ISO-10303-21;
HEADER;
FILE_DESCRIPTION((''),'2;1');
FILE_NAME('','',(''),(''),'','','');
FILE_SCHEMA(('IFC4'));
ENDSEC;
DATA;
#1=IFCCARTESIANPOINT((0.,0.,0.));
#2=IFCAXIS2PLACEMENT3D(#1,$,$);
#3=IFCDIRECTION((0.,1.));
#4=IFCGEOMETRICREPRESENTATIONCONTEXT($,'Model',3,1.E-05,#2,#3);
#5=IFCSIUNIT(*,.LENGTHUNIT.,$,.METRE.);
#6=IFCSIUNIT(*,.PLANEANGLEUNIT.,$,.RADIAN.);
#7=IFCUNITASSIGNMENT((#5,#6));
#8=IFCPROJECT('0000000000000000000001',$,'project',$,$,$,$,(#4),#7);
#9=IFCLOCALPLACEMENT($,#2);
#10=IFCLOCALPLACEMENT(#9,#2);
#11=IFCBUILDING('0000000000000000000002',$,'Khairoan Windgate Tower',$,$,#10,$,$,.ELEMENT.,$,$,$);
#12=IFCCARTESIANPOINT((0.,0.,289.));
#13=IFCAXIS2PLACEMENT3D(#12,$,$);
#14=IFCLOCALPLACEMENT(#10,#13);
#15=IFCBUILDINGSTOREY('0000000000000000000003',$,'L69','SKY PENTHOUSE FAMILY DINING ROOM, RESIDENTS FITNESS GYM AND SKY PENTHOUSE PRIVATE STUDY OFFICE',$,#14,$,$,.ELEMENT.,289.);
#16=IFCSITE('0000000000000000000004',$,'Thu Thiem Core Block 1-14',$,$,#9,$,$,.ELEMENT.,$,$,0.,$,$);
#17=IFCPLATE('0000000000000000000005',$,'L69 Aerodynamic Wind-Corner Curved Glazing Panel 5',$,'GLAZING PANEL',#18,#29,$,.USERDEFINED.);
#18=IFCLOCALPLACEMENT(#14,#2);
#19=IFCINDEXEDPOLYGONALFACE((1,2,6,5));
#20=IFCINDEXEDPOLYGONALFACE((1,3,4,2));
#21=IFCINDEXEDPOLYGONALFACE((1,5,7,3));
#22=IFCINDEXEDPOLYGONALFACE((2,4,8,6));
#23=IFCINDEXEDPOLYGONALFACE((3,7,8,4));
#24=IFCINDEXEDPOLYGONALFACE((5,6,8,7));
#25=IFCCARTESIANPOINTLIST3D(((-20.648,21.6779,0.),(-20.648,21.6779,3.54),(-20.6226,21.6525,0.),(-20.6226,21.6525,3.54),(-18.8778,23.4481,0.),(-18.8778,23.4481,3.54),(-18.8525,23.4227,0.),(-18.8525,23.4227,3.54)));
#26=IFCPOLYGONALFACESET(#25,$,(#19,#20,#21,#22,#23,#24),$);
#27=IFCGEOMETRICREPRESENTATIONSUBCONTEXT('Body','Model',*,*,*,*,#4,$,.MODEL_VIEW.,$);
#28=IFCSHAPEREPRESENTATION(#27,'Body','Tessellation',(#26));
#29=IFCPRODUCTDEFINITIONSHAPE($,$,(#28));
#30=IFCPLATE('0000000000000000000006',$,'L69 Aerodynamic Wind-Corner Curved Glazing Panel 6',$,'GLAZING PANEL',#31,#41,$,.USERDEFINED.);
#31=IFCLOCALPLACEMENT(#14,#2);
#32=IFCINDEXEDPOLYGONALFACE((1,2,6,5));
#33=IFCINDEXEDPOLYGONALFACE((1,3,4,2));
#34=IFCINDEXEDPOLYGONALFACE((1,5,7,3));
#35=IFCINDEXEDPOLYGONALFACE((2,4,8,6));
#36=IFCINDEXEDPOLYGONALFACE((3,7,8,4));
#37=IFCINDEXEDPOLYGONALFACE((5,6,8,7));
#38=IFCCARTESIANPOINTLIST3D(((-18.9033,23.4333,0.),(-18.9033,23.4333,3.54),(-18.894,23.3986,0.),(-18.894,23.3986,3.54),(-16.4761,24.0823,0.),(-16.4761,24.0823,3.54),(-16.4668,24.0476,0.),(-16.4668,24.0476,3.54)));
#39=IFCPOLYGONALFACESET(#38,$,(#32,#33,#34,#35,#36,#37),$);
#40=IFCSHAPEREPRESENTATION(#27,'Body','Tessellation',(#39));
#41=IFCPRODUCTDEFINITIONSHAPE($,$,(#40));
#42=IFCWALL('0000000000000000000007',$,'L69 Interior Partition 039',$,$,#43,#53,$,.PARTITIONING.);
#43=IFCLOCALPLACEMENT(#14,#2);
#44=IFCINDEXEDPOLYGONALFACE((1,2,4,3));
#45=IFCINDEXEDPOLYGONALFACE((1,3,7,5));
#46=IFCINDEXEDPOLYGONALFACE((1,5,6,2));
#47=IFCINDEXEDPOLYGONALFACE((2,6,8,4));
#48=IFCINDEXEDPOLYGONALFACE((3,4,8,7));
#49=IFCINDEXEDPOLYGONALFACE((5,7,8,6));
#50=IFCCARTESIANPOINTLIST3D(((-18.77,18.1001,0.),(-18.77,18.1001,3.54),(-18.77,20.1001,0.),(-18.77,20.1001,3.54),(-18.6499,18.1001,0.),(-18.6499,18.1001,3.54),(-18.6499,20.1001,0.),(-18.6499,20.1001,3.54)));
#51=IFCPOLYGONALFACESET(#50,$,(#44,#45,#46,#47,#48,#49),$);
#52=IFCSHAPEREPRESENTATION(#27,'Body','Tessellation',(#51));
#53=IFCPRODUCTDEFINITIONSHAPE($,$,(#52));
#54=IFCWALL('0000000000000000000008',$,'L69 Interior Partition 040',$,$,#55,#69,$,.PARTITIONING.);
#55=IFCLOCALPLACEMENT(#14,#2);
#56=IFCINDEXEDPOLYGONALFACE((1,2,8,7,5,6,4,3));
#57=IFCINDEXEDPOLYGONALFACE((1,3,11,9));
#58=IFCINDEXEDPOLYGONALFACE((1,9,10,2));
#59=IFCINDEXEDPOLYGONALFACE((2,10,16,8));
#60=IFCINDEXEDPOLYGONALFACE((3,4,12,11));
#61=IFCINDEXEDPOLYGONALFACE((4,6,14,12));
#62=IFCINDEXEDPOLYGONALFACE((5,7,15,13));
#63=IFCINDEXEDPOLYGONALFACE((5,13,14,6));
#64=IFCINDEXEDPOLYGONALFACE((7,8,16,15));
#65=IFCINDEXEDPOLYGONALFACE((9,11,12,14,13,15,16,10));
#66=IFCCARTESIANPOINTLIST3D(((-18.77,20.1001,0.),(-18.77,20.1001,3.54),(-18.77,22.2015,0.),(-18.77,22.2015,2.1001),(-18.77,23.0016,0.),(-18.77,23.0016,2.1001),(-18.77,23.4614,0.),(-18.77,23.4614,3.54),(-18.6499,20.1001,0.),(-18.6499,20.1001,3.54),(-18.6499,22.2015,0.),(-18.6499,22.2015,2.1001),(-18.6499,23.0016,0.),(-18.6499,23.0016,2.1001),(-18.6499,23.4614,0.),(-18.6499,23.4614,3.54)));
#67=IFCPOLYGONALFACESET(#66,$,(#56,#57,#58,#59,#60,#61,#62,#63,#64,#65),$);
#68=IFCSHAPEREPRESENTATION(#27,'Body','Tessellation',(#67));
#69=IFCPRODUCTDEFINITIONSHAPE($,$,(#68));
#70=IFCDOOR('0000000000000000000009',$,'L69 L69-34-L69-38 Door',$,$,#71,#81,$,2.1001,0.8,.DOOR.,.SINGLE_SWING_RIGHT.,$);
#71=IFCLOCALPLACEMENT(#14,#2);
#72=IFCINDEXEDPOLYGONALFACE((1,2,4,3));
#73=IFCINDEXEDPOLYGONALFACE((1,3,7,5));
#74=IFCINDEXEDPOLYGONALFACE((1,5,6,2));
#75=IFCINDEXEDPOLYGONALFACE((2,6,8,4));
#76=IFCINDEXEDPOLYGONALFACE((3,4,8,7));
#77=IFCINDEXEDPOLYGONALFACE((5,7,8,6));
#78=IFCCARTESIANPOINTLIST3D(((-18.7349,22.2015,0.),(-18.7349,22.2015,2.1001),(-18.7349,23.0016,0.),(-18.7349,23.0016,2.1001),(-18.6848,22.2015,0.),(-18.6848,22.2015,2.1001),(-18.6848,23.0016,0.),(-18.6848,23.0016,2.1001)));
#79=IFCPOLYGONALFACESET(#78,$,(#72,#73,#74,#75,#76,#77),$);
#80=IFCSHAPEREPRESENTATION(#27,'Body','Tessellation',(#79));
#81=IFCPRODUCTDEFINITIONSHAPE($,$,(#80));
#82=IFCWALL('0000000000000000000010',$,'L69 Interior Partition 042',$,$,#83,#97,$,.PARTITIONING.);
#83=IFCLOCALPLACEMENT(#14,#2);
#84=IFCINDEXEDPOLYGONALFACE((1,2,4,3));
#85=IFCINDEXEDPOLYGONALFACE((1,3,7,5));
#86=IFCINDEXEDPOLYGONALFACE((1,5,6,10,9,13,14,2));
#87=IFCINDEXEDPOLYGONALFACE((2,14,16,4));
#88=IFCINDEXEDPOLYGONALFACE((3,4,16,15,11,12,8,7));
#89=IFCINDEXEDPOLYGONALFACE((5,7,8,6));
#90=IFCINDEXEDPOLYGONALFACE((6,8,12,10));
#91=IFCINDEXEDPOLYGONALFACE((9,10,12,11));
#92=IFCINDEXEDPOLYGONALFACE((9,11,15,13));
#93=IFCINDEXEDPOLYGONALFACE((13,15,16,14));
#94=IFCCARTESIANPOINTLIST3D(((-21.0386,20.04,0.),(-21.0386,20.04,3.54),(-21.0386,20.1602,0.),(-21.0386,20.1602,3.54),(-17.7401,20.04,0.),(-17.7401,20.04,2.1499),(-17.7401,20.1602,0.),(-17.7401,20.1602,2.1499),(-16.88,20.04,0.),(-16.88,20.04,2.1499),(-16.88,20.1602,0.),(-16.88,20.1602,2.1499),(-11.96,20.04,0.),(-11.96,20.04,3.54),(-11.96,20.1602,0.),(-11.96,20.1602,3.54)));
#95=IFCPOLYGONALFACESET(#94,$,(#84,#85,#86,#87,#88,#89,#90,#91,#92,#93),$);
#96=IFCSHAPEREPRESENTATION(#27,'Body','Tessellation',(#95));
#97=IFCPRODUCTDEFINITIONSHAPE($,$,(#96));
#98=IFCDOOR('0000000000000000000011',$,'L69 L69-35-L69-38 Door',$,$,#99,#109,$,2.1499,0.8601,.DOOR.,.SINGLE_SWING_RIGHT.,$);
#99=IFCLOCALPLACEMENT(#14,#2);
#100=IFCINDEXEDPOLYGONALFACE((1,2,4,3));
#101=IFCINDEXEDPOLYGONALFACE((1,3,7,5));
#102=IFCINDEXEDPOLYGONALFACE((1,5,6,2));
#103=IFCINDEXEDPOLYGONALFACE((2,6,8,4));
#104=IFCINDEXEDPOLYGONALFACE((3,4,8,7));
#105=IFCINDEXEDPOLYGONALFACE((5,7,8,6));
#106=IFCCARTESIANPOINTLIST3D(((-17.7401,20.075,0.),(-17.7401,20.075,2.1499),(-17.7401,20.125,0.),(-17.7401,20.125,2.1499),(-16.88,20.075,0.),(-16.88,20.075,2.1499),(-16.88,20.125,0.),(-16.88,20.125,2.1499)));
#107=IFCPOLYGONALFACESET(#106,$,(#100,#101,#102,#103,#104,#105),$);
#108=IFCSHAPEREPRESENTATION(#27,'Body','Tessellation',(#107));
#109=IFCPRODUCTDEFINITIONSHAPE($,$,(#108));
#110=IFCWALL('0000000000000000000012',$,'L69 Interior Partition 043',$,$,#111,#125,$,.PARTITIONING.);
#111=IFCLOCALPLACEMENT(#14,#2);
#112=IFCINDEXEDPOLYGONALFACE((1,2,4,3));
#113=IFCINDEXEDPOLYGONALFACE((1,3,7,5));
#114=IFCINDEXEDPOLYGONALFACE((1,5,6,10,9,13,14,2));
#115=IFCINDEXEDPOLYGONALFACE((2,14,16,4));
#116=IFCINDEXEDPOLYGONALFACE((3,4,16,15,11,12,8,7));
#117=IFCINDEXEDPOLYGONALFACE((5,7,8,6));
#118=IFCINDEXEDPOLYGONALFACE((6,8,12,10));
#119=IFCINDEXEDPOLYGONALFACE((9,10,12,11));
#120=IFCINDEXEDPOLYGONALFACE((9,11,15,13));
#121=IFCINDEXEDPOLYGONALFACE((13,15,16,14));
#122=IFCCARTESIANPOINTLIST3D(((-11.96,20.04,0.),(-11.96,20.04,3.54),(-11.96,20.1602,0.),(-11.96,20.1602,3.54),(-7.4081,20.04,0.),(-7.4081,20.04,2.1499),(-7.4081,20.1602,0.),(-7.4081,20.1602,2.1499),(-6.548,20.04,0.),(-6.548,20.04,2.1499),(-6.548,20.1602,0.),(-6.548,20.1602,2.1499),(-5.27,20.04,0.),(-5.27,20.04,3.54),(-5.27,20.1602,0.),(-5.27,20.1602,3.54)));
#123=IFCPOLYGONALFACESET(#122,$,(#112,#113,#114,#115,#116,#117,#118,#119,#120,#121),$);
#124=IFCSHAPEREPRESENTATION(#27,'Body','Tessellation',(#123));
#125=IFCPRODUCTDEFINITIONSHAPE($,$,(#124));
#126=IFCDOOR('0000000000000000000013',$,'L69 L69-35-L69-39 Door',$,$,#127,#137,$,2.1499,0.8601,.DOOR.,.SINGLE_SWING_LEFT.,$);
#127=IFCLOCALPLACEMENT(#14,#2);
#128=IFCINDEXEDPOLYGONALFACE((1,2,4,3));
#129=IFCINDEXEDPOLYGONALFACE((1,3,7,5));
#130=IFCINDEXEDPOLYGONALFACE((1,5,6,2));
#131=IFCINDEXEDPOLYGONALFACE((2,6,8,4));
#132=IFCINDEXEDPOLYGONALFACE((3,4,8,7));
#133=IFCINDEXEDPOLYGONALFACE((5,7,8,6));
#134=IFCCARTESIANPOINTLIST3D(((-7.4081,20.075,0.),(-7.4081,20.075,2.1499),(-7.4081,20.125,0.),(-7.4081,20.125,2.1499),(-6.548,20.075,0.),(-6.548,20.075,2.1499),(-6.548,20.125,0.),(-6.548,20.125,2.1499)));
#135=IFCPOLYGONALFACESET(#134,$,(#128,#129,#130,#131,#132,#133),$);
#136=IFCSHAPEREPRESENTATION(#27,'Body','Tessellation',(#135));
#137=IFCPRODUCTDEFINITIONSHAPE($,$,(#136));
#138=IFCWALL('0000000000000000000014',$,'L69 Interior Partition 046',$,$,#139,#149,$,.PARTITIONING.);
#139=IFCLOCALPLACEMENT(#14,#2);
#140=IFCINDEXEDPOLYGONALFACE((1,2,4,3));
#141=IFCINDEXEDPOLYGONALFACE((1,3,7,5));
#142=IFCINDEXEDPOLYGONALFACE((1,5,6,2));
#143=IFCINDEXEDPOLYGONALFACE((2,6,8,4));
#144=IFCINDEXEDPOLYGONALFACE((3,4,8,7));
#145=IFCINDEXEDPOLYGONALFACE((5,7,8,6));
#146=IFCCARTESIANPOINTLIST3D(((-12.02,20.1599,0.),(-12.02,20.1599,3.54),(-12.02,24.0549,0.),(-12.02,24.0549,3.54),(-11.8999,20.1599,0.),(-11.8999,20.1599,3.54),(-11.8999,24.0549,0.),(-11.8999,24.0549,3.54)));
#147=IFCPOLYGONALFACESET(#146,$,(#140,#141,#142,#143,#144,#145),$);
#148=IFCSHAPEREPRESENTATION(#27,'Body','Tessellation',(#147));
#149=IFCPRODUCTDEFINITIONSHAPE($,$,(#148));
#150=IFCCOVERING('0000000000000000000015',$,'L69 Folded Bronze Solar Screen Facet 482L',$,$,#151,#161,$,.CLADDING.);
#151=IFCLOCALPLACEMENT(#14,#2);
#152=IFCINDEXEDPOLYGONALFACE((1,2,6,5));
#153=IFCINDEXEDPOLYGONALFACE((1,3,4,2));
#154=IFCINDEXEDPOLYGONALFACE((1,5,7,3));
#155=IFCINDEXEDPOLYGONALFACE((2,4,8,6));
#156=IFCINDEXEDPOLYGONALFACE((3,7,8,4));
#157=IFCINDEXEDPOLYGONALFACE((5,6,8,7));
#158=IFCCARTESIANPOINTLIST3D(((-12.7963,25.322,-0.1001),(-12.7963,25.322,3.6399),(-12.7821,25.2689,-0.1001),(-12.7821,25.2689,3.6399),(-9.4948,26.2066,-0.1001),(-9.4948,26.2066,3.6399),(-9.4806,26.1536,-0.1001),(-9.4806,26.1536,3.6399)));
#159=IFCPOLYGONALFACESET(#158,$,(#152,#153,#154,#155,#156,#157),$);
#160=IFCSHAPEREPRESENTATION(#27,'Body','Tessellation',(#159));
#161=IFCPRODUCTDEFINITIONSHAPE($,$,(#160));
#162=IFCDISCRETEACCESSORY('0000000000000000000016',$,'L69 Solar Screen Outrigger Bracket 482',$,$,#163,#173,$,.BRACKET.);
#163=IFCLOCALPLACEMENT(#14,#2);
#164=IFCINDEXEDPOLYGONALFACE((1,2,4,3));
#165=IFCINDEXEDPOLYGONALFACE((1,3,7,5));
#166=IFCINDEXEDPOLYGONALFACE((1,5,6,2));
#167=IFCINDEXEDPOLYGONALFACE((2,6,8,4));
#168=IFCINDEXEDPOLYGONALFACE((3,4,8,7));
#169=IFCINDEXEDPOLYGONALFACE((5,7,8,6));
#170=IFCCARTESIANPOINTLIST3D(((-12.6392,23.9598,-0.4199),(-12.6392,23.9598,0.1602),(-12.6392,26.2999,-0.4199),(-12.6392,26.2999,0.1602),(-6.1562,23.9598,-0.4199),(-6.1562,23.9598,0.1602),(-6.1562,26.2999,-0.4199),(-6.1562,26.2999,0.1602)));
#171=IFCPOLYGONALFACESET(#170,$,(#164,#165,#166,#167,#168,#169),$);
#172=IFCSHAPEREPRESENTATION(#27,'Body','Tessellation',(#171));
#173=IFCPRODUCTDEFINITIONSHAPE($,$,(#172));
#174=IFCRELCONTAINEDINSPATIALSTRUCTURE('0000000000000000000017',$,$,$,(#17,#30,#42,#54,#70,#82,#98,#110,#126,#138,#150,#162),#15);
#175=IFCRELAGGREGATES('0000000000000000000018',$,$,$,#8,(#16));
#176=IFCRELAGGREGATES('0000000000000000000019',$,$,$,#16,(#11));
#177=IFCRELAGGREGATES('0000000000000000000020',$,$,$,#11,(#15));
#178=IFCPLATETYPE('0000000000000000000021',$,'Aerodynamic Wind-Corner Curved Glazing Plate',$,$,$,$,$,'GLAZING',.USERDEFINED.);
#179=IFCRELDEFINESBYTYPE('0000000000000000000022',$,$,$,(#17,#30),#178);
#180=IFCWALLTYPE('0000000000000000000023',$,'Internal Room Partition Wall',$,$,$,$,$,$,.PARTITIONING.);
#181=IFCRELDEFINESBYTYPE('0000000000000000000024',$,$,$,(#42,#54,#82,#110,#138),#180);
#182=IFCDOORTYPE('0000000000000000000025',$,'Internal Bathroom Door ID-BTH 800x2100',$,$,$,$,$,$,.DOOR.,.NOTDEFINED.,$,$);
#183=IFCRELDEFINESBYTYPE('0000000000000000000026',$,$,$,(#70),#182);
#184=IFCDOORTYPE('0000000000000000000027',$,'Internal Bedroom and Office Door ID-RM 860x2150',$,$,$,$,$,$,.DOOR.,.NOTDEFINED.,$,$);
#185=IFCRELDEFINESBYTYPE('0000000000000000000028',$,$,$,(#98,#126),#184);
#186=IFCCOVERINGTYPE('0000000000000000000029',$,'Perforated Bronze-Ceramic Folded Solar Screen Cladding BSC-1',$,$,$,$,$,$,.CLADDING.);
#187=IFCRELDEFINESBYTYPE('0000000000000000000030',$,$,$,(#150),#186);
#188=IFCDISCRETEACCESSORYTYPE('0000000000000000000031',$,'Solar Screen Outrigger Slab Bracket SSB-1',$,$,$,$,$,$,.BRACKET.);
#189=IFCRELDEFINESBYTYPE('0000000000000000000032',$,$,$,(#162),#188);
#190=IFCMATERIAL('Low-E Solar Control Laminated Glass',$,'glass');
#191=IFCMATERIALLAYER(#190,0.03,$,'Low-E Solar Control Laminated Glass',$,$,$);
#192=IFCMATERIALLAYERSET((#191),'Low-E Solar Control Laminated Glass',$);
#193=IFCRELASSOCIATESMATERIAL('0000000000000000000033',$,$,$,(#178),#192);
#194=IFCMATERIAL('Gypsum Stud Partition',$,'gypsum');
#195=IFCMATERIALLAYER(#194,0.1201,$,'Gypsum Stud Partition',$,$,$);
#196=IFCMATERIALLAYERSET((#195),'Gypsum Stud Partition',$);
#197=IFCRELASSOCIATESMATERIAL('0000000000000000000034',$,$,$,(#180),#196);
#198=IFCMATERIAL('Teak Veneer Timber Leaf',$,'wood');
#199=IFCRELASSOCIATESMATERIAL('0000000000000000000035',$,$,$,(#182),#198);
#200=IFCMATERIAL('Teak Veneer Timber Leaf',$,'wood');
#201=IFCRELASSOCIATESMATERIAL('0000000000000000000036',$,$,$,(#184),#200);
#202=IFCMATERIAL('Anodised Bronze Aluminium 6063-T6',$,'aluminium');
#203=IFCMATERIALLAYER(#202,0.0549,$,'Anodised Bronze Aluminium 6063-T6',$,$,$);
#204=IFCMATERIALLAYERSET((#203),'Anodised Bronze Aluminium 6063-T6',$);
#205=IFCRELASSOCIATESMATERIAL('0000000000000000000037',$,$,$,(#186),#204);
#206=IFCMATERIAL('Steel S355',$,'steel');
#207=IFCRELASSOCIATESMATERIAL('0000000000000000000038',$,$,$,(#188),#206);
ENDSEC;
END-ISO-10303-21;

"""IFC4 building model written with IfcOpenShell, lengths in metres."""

from ifc_helpers import new_model, si_unit, direction, frame, frame_2d, origin, origin_2d, place, context, subcontext, project, spatial, rectangle, extrude, material, layer, layer_set, type_object, element, fill, save


model = new_model("IFC4")

# Units and contexts
model_context = context("Model", 3, precision=1e-05, world=origin(), true_north=direction((0.0, 1.0)))
body_context = subcontext(model_context, "Body", "Model", "MODEL_VIEW")
ifc_project = project(units=[si_unit("LENGTHUNIT", "METRE"), si_unit("PLANEANGLEUNIT", "RADIAN")], contexts=[model_context])

# Site, building, storey
site_placement = place(None, origin())
site = spatial("IfcSite", under=ifc_project, at=site_placement, Name="Thu Thiem Core Block 1-14", CompositionType="ELEMENT", RefElevation=0.0)
building_placement = place(site_placement, origin())
building = spatial("IfcBuilding", under=site, at=building_placement, Name="Khairoan Windgate Tower", CompositionType="ELEMENT")
storey_placement = place(building_placement, frame((0.0, 0.0, 289.0)))
storey = spatial("IfcBuildingStorey", under=building, at=storey_placement, Name="L69", Description="SKY PENTHOUSE FAMILY DINING ROOM, RESIDENTS FITNESS GYM AND SKY PENTHOUSE PRIVATE STUDY OFFICE", CompositionType="ELEMENT", Elevation=289.0)

# Plates
ifc_material_1 = material(Name="Low-E Solar Control Laminated Glass", Category="glass")
ifc_layer_1 = layer(ifc_material_1, 0.03, Name="Low-E Solar Control Laminated Glass")
ifc_layer_set_1 = layer_set([ifc_layer_1], Name="Low-E Solar Control Laminated Glass")
plate_type_1 = type_object("IfcPlateType", Name="Aerodynamic Wind-Corner Curved Glazing Plate", ElementType="GLAZING", PredefinedType="USERDEFINED", material=ifc_layer_set_1)
plate_1_placement = place(storey_placement, frame((-19.7502, 22.5503, 0.0), z_axis=(0.0, 0.0, 1.0), x_axis=(0.707107, 0.707107, 0.0)))
element("IfcPlate", 1, at=plate_1_placement, inside=storey, type_object=plate_type_1, Name="L69 Aerodynamic Wind-Corner Curved Glazing Panel 5", ObjectType="GLAZING PANEL", PredefinedType="USERDEFINED", context=body_context, shape_type="SweptSolid", body=[
    extrude(rectangle(XDim=2.5034, YDim=0.0359, at=origin_2d()), origin(), (0.0, 0.0, 1.0), 3.54),
])
plate_2_placement = place(storey_placement, frame((-17.6851, 23.7405, 0.0), z_axis=(0.0, 0.0, 1.0), x_axis=(0.966061, 0.258313, 0.0)))
element("IfcPlate", 2, at=plate_2_placement, inside=storey, type_object=plate_type_1, Name="L69 Aerodynamic Wind-Corner Curved Glazing Panel 6", ObjectType="GLAZING PANEL", PredefinedType="USERDEFINED", context=body_context, shape_type="SweptSolid", body=[
    extrude(rectangle(XDim=2.5125, YDim=0.0359, at=origin_2d()), origin(), (0.0, 0.0, 1.0), 3.54),
])

# Wall
ifc_material_2 = material(Name="Gypsum Stud Partition", Category="gypsum")
ifc_layer_2 = layer(ifc_material_2, 0.1201, Name="Gypsum Stud Partition")
ifc_layer_set_2 = layer_set([ifc_layer_2], Name="Gypsum Stud Partition")
wall_type = type_object("IfcWallType", Name="Internal Room Partition Wall", PredefinedType="PARTITIONING", material=ifc_layer_set_2)
wall_1_placement = place(storey_placement, frame((-18.71, 18.1001, 0.0), z_axis=(0.0, 0.0, 1.0), x_axis=(0.0, 1.0, 0.0)))
element("IfcWall", 3, at=wall_1_placement, inside=storey, type_object=wall_type, Name="L69 Interior Partition 039", PredefinedType="PARTITIONING", context=body_context, shape_type="SweptSolid", body=[
    extrude(rectangle(XDim=2.0, YDim=0.1201, at=frame_2d((1.0, 0.0))), origin(), (0.0, 0.0, 1.0), 3.54),
])

# Walls, openings, doors
wall_2_placement = place(storey_placement, frame((-18.71, 20.1001, 0.0), z_axis=(0.0, 0.0, 1.0), x_axis=(0.0, 1.0, 0.0)))
wall_2 = element("IfcWall", 4, at=wall_2_placement, inside=storey, type_object=wall_type, Name="L69 Interior Partition 040", PredefinedType="PARTITIONING", context=body_context, shape_type="SweptSolid", body=[
    extrude(rectangle(XDim=3.3613, YDim=0.1201, at=frame_2d((1.6807, 0.0))), origin(), (0.0, 0.0, 1.0), 3.54),
])
opening_1_placement = place(wall_2_placement, frame((2.1016, 0.0, 0.0)))
opening_1 = element("IfcOpeningElement", 5, at=opening_1_placement, cuts=wall_2, PredefinedType="OPENING", context=body_context, shape_type="SweptSolid", body=[
    extrude(rectangle(XDim=0.8, YDim=2.1001, at=frame_2d((0.3999, 1.05))), frame((0.0, 0.0701, 0.0), z_axis=(0.0, -1.0, 0.0), x_axis=(1.0, 0.0, 0.0)), (0.0, 0.0, 1.0), 0.1401),
])
ifc_material_3 = material(Name="Teak Veneer Timber Leaf", Category="wood")
door_type_1 = type_object("IfcDoorType", Name="Internal Bathroom Door ID-BTH 800x2100", OperationType="NOTDEFINED", PredefinedType="DOOR", material=ifc_material_3)
door_1_placement = place(opening_1_placement, origin())
door_1 = element("IfcDoor", 6, at=door_1_placement, inside=storey, type_object=door_type_1, Name="L69 L69-34-L69-38 Door", OperationType="SINGLE_SWING_RIGHT", OverallHeight=2.1001, OverallWidth=0.8, PredefinedType="DOOR", context=body_context, shape_type="SweptSolid", body=[
    extrude(rectangle(XDim=0.8, YDim=2.1001, at=frame_2d((0.3999, 1.05))), frame((0.0, 0.0249, 0.0), z_axis=(0.0, -1.0, 0.0), x_axis=(1.0, 0.0, 0.0)), (0.0, 0.0, 1.0), 0.05),
])
fill(opening_1, door_1)
wall_3_placement = place(storey_placement, frame((-21.0386, 20.1001, 0.0), z_axis=(0.0, 0.0, 1.0), x_axis=(1.0, 0.0, 0.0)))
wall_3 = element("IfcWall", 7, at=wall_3_placement, inside=storey, type_object=wall_type, Name="L69 Interior Partition 042", PredefinedType="PARTITIONING", context=body_context, shape_type="SweptSolid", body=[
    extrude(rectangle(XDim=9.0786, YDim=0.1201, at=frame_2d((4.5393, 0.0))), origin(), (0.0, 0.0, 1.0), 3.54),
])
opening_2_placement = place(wall_3_placement, frame((3.2983, 0.0, 0.0)))
opening_2 = element("IfcOpeningElement", 8, at=opening_2_placement, cuts=wall_3, PredefinedType="OPENING", context=body_context, shape_type="SweptSolid", body=[
    extrude(rectangle(XDim=0.8601, YDim=2.1499, at=frame_2d((0.4302, 1.075))), frame((0.0, 0.0701, 0.0), z_axis=(0.0, -1.0, 0.0), x_axis=(1.0, 0.0, 0.0)), (0.0, 0.0, 1.0), 0.1401),
])
ifc_material_4 = material(Name="Teak Veneer Timber Leaf", Category="wood")
door_type_2 = type_object("IfcDoorType", Name="Internal Bedroom and Office Door ID-RM 860x2150", OperationType="NOTDEFINED", PredefinedType="DOOR", material=ifc_material_4)
door_2_placement = place(opening_2_placement, origin())
door_2 = element("IfcDoor", 9, at=door_2_placement, inside=storey, type_object=door_type_2, Name="L69 L69-35-L69-38 Door", OperationType="SINGLE_SWING_RIGHT", OverallHeight=2.1499, OverallWidth=0.8601, PredefinedType="DOOR", context=body_context, shape_type="SweptSolid", body=[
    extrude(rectangle(XDim=0.8601, YDim=2.1499, at=frame_2d((0.4302, 1.075))), frame((0.0, 0.0249, 0.0), z_axis=(0.0, -1.0, 0.0), x_axis=(1.0, 0.0, 0.0)), (0.0, 0.0, 1.0), 0.05),
])
fill(opening_2, door_2)
wall_4_placement = place(storey_placement, frame((-11.96, 20.1001, 0.0), z_axis=(0.0, 0.0, 1.0), x_axis=(1.0, 0.0, 0.0)))
wall_4 = element("IfcWall", 10, at=wall_4_placement, inside=storey, type_object=wall_type, Name="L69 Interior Partition 043", PredefinedType="PARTITIONING", context=body_context, shape_type="SweptSolid", body=[
    extrude(rectangle(XDim=6.6899, YDim=0.1201, at=frame_2d((3.345, 0.0))), origin(), (0.0, 0.0, 1.0), 3.54),
])
opening_3_placement = place(wall_4_placement, frame((4.5518, 0.0, 0.0)))
opening_3 = element("IfcOpeningElement", 11, at=opening_3_placement, cuts=wall_4, PredefinedType="OPENING", context=body_context, shape_type="SweptSolid", body=[
    extrude(rectangle(XDim=0.8601, YDim=2.1499, at=frame_2d((0.4302, 1.075))), frame((0.0, 0.0701, 0.0), z_axis=(0.0, -1.0, 0.0), x_axis=(1.0, 0.0, 0.0)), (0.0, 0.0, 1.0), 0.1401),
])
door_3_placement = place(opening_3_placement, origin())
door_3 = element("IfcDoor", 12, at=door_3_placement, inside=storey, type_object=door_type_2, Name="L69 L69-35-L69-39 Door", OperationType="SINGLE_SWING_LEFT", OverallHeight=2.1499, OverallWidth=0.8601, PredefinedType="DOOR", context=body_context, shape_type="SweptSolid", body=[
    extrude(rectangle(XDim=0.8601, YDim=2.1499, at=frame_2d((0.4302, 1.075))), frame((0.0, 0.0249, 0.0), z_axis=(0.0, -1.0, 0.0), x_axis=(1.0, 0.0, 0.0)), (0.0, 0.0, 1.0), 0.05),
])
fill(opening_3, door_3)

# Wall
wall_5_placement = place(storey_placement, frame((-11.96, 20.1599, 0.0), z_axis=(0.0, 0.0, 1.0), x_axis=(0.0, 1.0, 0.0)))
element("IfcWall", 13, at=wall_5_placement, inside=storey, type_object=wall_type, Name="L69 Interior Partition 046", PredefinedType="PARTITIONING", context=body_context, shape_type="SweptSolid", body=[
    extrude(rectangle(XDim=3.895, YDim=0.1201, at=frame_2d((1.9475, 0.0))), origin(), (0.0, 0.0, 1.0), 3.54),
])

# Covering
ifc_material_5 = material(Name="Anodised Bronze Aluminium 6063-T6", Category="aluminium")
ifc_layer_3 = layer(ifc_material_5, 0.0549, Name="Anodised Bronze Aluminium 6063-T6")
ifc_layer_set_3 = layer_set([ifc_layer_3], Name="Anodised Bronze Aluminium 6063-T6")
covering_type = type_object("IfcCoveringType", Name="Perforated Bronze-Ceramic Folded Solar Screen Cladding BSC-1", PredefinedType="CLADDING", material=ifc_layer_set_3)
covering_placement = place(storey_placement, frame((-11.1384, 25.7378, -0.1001), z_axis=(0.0, 0.0, 1.0), x_axis=(0.965926, 0.258819, 0.0)))
element("IfcCovering", 14, at=covering_placement, inside=storey, type_object=covering_type, Name="L69 Folded Bronze Solar Screen Facet 482L", PredefinedType="CLADDING", context=body_context, shape_type="SweptSolid", body=[
    extrude(rectangle(XDim=3.418, YDim=0.0549, at=origin_2d()), origin(), (0.0, 0.0, 1.0), 3.74),
])

# Discrete accessory
ifc_material_6 = material(Name="Steel S355", Category="steel")
discrete_accessory_type = type_object("IfcDiscreteAccessoryType", Name="Solar Screen Outrigger Slab Bracket SSB-1", PredefinedType="BRACKET", material=ifc_material_6)
discrete_accessory_placement = place(storey_placement, frame((-9.3977, 25.1299, -0.4199), z_axis=(0.0, 0.0, 1.0), x_axis=(1.0, 0.0, 0.0)))
element("IfcDiscreteAccessory", 15, at=discrete_accessory_placement, inside=storey, type_object=discrete_accessory_type, Name="L69 Solar Screen Outrigger Bracket 482", PredefinedType="BRACKET", context=body_context, shape_type="SweptSolid", body=[
    extrude(rectangle(XDim=6.4829, YDim=2.3401, at=origin_2d()), origin(), (0.0, 0.0, 1.0), 0.5801),
])

save(model, "model.ifc")
